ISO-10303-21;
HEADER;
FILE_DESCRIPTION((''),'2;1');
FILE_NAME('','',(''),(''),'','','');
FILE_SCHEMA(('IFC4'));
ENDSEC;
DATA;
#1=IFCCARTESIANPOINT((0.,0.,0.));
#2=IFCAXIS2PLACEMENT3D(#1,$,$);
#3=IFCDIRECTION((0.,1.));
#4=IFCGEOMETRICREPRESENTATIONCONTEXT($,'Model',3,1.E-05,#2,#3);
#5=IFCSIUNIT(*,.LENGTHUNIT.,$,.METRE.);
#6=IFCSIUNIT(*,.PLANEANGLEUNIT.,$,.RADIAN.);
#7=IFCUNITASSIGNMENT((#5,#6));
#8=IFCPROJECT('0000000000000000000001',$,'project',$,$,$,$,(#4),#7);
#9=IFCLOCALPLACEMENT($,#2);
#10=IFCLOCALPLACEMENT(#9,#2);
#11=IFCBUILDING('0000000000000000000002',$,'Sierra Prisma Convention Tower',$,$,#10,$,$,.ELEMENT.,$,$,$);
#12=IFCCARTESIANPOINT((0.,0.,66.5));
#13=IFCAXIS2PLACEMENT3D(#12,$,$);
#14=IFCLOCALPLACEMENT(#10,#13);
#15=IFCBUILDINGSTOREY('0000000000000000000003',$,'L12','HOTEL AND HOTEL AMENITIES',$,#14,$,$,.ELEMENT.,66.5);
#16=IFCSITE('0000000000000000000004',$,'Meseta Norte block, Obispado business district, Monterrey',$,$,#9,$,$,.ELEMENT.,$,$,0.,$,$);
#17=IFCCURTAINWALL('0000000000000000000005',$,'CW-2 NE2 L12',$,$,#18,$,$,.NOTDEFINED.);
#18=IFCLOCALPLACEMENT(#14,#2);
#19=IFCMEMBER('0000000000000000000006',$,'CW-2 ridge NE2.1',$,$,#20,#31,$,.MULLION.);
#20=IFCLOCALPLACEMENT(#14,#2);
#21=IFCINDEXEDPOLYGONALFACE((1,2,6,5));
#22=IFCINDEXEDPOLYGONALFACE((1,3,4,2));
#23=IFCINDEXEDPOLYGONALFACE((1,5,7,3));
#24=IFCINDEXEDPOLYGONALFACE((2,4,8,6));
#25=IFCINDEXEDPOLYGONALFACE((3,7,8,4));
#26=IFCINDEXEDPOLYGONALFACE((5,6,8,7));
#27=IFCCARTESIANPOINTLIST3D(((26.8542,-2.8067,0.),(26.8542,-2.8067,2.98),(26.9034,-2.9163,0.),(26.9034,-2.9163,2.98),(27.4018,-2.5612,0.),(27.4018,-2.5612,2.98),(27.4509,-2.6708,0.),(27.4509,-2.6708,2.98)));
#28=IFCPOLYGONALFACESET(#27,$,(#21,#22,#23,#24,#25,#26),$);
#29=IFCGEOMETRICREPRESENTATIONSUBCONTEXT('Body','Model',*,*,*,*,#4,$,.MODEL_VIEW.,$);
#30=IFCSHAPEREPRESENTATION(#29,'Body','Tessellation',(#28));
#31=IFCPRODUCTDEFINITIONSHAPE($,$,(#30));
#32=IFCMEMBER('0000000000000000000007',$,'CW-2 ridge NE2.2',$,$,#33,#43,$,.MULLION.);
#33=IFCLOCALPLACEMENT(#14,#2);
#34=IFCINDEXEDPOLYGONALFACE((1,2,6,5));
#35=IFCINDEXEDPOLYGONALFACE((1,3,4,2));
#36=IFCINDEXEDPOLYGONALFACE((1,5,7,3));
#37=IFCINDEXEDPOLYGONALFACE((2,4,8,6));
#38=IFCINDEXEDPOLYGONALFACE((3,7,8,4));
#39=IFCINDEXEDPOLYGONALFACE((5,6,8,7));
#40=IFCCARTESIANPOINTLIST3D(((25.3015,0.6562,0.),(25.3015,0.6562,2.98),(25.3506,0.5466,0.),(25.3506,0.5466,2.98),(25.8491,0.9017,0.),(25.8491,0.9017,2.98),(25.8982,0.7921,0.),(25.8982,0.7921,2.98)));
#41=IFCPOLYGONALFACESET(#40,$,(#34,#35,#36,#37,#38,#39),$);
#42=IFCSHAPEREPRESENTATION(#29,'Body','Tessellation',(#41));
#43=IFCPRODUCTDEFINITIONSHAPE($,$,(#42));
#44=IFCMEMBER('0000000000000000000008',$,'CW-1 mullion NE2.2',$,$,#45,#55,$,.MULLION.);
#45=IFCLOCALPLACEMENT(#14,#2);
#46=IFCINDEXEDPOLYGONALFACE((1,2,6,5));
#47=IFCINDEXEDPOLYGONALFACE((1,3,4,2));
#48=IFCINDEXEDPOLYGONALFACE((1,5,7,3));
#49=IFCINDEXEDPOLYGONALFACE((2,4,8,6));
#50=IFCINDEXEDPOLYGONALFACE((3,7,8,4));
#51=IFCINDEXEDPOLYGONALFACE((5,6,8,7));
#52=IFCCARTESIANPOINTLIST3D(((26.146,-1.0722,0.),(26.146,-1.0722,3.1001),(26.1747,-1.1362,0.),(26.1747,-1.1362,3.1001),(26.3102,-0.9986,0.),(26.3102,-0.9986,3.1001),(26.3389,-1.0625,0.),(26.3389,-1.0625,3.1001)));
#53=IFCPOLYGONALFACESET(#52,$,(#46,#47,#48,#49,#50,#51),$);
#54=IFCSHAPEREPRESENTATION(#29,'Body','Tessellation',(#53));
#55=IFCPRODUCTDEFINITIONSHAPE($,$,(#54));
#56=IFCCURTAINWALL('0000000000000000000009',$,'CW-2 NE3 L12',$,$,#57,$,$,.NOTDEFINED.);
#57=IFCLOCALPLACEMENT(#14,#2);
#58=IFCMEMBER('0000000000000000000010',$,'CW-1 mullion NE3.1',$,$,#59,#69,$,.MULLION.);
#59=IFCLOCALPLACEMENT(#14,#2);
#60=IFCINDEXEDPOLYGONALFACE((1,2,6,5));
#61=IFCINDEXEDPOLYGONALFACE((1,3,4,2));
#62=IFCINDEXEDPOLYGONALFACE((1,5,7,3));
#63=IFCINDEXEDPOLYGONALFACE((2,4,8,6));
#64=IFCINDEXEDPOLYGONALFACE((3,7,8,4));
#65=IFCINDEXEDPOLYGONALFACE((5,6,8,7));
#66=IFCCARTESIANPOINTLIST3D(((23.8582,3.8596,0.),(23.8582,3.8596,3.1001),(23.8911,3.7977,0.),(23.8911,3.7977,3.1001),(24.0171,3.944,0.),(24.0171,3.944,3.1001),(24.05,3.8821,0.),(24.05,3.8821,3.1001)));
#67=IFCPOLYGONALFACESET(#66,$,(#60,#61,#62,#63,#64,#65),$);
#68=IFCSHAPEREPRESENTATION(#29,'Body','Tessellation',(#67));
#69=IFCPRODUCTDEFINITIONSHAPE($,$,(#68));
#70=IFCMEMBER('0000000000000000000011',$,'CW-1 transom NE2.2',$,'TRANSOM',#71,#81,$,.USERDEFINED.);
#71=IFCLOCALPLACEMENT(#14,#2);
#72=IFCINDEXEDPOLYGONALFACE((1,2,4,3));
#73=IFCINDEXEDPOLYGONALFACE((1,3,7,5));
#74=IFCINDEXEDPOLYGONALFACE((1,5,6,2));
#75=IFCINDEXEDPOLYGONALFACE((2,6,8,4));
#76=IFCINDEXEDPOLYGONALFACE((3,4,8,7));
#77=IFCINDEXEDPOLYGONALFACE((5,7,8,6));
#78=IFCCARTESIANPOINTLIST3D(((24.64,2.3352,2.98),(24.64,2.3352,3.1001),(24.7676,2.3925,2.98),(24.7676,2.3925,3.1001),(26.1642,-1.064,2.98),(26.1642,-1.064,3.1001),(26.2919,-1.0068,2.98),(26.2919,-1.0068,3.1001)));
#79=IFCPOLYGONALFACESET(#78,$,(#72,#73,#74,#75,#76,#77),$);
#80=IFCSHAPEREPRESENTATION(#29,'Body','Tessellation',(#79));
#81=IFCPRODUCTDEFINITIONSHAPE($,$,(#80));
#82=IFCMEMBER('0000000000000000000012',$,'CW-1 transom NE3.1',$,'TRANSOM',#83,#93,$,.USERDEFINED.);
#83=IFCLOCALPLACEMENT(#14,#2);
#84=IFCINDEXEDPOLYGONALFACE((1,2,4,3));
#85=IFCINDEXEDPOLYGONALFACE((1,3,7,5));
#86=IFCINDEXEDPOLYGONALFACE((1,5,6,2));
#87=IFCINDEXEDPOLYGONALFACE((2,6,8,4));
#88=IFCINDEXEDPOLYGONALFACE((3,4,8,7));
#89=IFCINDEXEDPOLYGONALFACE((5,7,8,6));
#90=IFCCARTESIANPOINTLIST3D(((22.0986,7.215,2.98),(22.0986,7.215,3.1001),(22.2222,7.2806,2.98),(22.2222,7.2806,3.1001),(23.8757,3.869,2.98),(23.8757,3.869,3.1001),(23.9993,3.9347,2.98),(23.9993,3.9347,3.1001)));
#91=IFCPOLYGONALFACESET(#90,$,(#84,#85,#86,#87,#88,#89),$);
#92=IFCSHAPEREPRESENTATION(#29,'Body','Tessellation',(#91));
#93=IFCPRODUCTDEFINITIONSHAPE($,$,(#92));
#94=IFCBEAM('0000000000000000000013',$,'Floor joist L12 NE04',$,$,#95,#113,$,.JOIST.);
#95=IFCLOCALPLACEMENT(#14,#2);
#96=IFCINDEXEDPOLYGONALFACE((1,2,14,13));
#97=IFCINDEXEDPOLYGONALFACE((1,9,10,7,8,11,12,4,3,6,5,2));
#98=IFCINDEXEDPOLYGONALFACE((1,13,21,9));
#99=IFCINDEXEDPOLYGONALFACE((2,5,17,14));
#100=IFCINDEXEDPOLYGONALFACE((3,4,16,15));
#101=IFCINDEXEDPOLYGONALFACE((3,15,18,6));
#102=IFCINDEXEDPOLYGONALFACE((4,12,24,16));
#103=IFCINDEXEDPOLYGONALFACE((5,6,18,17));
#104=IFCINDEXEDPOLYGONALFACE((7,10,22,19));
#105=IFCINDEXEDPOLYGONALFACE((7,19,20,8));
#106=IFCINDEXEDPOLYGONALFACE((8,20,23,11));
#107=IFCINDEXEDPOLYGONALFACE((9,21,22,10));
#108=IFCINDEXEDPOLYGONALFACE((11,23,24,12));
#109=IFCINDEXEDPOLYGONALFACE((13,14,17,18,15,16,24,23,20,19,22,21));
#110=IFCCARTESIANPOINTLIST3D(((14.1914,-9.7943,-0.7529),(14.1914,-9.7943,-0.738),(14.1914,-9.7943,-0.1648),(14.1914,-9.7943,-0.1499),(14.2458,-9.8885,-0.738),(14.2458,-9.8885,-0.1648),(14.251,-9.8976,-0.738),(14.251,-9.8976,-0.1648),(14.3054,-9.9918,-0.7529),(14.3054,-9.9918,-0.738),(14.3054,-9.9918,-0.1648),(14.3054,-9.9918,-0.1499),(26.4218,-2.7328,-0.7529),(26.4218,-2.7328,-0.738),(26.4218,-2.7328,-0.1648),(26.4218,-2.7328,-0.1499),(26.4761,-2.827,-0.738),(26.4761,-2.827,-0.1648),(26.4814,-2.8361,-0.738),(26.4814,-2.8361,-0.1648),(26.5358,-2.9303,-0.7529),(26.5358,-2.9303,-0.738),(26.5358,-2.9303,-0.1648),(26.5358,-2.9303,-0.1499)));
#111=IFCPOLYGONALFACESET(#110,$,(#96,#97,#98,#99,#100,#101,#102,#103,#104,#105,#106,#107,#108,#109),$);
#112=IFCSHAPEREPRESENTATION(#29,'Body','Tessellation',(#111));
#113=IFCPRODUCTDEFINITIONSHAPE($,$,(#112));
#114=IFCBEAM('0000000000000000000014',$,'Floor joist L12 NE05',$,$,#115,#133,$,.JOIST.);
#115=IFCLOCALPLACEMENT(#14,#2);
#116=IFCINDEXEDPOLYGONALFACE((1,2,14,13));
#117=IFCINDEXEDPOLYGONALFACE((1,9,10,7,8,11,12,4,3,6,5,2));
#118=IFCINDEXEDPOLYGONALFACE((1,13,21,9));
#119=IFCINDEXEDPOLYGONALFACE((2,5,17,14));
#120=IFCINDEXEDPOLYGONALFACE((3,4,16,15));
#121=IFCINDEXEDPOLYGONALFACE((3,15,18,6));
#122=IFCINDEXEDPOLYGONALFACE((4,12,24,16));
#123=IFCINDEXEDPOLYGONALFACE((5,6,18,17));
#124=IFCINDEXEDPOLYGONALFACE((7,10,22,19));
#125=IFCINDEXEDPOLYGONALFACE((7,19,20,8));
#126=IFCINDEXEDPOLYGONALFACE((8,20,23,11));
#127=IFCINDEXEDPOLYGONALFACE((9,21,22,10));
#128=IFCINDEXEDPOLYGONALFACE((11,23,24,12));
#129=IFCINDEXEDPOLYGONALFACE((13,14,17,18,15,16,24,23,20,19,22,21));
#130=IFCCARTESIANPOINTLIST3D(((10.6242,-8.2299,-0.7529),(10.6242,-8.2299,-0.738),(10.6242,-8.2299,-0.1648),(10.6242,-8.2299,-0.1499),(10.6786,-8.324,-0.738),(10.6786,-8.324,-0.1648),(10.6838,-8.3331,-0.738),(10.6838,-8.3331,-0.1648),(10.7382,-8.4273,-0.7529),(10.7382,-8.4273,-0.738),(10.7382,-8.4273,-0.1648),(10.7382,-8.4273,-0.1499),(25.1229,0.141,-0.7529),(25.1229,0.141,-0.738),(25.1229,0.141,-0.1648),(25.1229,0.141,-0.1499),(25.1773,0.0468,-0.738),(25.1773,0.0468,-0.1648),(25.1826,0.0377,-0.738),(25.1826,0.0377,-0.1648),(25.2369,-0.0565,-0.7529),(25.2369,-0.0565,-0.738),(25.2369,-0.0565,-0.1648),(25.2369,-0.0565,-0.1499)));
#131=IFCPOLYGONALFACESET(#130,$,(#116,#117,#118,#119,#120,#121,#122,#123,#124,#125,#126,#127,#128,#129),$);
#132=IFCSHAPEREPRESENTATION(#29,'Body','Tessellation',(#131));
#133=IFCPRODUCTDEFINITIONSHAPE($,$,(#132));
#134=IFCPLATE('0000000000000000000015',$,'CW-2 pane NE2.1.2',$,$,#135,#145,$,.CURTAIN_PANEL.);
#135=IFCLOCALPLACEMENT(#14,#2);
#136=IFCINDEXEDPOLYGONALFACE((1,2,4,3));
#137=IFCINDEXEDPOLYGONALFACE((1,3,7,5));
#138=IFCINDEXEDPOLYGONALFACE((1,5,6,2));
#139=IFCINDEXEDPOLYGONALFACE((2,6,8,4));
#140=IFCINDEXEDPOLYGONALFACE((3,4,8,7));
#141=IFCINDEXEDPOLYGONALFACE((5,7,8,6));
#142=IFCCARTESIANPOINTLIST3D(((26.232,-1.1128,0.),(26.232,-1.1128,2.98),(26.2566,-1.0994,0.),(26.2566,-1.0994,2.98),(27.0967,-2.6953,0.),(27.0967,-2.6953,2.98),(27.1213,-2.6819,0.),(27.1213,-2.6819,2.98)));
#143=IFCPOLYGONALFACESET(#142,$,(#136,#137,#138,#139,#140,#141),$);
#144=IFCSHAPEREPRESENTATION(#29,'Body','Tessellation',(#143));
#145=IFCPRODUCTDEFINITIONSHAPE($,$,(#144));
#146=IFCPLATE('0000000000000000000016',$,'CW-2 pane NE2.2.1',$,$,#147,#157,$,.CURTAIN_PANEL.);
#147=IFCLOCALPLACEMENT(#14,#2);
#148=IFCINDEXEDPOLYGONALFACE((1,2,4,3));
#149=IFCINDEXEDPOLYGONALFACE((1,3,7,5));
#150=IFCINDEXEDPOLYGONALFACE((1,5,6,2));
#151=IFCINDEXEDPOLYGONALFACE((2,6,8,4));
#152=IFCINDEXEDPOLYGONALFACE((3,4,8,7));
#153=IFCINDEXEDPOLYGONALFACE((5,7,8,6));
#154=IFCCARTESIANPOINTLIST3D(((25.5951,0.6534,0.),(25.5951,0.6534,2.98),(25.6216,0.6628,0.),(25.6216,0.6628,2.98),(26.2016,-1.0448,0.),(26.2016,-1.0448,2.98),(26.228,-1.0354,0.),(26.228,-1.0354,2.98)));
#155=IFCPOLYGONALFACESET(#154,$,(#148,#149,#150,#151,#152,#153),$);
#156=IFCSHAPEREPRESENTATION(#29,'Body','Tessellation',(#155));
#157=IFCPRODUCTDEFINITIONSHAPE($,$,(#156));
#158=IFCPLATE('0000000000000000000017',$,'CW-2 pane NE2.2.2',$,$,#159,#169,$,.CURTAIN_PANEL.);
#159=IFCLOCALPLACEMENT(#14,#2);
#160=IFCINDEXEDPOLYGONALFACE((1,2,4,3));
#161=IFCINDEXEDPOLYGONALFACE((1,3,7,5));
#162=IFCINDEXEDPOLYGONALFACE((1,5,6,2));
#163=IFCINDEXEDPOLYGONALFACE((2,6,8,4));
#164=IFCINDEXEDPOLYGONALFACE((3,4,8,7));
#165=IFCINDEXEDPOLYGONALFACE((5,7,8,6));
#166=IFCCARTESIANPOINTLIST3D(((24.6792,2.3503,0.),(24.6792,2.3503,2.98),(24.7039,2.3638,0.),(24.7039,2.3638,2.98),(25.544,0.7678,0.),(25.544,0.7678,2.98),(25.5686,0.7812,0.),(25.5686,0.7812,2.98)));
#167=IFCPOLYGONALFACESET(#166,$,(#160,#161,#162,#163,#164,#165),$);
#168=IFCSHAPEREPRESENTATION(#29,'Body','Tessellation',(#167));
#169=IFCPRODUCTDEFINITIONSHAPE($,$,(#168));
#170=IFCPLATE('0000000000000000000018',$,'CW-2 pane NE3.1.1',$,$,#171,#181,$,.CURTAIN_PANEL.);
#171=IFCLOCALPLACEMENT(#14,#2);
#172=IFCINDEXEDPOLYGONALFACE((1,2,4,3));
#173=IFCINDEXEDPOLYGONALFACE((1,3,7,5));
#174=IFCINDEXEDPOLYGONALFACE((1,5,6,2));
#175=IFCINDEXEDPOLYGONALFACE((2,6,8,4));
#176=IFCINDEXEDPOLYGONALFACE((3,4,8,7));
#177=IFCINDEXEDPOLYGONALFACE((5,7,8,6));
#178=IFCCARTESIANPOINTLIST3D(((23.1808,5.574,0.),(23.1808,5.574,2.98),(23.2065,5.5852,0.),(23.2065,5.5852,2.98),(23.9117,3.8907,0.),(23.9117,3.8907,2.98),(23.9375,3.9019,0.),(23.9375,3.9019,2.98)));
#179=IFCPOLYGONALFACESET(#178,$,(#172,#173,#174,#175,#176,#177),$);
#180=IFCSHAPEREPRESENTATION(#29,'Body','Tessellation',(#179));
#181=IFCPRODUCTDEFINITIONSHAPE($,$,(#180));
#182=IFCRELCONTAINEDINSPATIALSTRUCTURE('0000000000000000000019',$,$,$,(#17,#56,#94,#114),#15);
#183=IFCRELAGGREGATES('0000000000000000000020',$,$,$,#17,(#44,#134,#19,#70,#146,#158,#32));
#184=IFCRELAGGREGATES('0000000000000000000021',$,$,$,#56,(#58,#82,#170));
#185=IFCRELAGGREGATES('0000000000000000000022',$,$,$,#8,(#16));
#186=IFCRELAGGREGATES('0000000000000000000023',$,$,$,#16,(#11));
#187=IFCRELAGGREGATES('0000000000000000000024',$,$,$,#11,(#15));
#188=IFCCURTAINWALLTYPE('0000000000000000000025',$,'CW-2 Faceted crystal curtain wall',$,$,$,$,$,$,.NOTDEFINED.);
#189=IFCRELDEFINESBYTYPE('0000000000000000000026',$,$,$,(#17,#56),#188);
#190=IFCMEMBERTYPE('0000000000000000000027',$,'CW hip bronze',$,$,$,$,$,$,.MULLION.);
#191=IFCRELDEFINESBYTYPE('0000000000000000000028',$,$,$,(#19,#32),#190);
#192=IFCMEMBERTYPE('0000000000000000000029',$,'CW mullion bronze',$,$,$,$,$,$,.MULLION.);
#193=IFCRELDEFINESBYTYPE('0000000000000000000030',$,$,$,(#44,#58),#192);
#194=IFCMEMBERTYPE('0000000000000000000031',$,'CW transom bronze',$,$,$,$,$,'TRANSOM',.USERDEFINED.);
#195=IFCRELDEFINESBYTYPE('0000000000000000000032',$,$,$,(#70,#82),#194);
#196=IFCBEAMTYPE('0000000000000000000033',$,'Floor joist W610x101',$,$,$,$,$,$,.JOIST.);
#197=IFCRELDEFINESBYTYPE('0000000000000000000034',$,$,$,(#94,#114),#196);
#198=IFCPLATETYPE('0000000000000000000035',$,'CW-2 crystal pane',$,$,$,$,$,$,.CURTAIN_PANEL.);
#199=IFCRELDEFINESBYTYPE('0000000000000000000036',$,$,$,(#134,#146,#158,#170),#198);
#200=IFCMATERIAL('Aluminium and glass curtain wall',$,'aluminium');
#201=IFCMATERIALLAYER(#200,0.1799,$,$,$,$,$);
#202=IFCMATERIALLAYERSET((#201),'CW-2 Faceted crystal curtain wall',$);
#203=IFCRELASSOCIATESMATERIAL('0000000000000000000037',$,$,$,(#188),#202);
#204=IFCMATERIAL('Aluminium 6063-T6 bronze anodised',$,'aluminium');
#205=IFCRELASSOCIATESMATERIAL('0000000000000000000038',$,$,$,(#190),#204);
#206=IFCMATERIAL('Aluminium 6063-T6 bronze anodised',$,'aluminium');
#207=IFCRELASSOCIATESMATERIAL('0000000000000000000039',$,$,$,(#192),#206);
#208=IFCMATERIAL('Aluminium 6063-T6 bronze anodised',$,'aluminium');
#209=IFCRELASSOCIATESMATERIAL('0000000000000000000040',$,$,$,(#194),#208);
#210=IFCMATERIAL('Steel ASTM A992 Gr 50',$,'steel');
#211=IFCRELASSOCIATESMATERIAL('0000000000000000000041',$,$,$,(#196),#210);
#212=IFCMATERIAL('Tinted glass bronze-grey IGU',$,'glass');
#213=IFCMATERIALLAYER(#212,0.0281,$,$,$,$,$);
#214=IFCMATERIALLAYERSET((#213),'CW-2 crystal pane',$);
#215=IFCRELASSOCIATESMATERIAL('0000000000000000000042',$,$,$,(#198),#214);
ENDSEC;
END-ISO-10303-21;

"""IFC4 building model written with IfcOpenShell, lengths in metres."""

from ifc_helpers import new_model, si_unit, direction, frame, origin, origin_2d, place, context, subcontext, project, spatial, polyline, rectangle, i_section, outline, extrude, material, layer, layer_set, material_profile, profile_set, type_object, element, aggregate, save


model = new_model("IFC4")

# Units and contexts
model_context = context("Model", 3, precision=1e-05, world=origin(), true_north=direction((0.0, 1.0)))
body_context = subcontext(model_context, "Body", "Model", "MODEL_VIEW")
ifc_project = project(units=[si_unit("LENGTHUNIT", "METRE"), si_unit("PLANEANGLEUNIT", "RADIAN")], contexts=[model_context])

# Site, building, storey
site_placement = place(None, origin())
site = spatial("IfcSite", under=ifc_project, at=site_placement, Name="Meseta Norte block, Obispado business district, Monterrey", CompositionType="ELEMENT", RefElevation=0.0)
building_placement = place(site_placement, origin())
building = spatial("IfcBuilding", under=site, at=building_placement, Name="Sierra Prisma Convention Tower", CompositionType="ELEMENT")
storey_placement = place(building_placement, frame((0.0, 0.0, 66.5)))
storey = spatial("IfcBuildingStorey", under=building, at=storey_placement, Name="L12", Description="HOTEL AND HOTEL AMENITIES", CompositionType="ELEMENT", Elevation=66.5)

# Curtain wall, members
ifc_material_1 = material(Name="Aluminium and glass curtain wall", Category="aluminium")
ifc_layer_1 = layer(ifc_material_1, 0.1799)
ifc_layer_set_1 = layer_set([ifc_layer_1], Name="CW-2 Faceted crystal curtain wall")
curtain_wall_type = type_object("IfcCurtainWallType", Name="CW-2 Faceted crystal curtain wall", PredefinedType="NOTDEFINED", material=ifc_layer_set_1)
curtain_wall_1_placement = place(storey_placement, origin())
curtain_wall_1 = element("IfcCurtainWall", 1, at=curtain_wall_1_placement, inside=storey, type_object=curtain_wall_type, Name="CW-2 NE2 L12", PredefinedType="NOTDEFINED")
ifc_material_2 = material(Name="Aluminium 6063-T6 bronze anodised", Category="aluminium")
ifc_material_profile_1 = material_profile(ifc_material_2, rectangle(XDim=0.1201, YDim=0.6001, at=origin_2d()), Name="ALU RIDGE BLADE 120x600")
ifc_profile_set_1 = profile_set([ifc_material_profile_1], Name="Aluminium 6063-T6 bronze anodised")
member_type_1 = type_object("IfcMemberType", Name="CW hip bronze", PredefinedType="MULLION", material=ifc_profile_set_1)
member_1_placement = place(storey_placement, frame((27.1526, -2.7388, 0.0), z_axis=(0.0, 0.0, 1.0), x_axis=(-0.409132, 0.912475, 0.0)))
member_1 = element("IfcMember", 2, at=member_1_placement, type_object=member_type_1, Name="CW-2 ridge NE2.1", PredefinedType="MULLION", context=body_context, shape_type="SweptSolid", body=[
    extrude(rectangle(XDim=0.1201, YDim=0.6001, at=origin_2d()), origin(), (0.0, 0.0, 1.0), 2.98),
])
member_2_placement = place(storey_placement, frame((25.5999, 0.7241, 0.0), z_axis=(0.0, 0.0, 1.0), x_axis=(-0.409132, 0.912475, 0.0)))
member_2 = element("IfcMember", 3, at=member_2_placement, type_object=member_type_1, Name="CW-2 ridge NE2.2", PredefinedType="MULLION", context=body_context, shape_type="SweptSolid", body=[
    extrude(rectangle(XDim=0.1201, YDim=0.6001, at=origin_2d()), origin(), (0.0, 0.0, 1.0), 2.98),
])
ifc_material_3 = material(Name="Aluminium 6063-T6 bronze anodised", Category="aluminium")
ifc_material_profile_2 = material_profile(ifc_material_3, rectangle(XDim=0.1799, YDim=0.0701, at=origin_2d()), Name="ALU MULLION 70x180")
ifc_profile_set_2 = profile_set([ifc_material_profile_2], Name="Aluminium 6063-T6 bronze anodised")
member_type_2 = type_object("IfcMemberType", Name="CW mullion bronze", PredefinedType="MULLION", material=ifc_profile_set_2)
member_3_placement = place(storey_placement, frame((26.2424, -1.0674, 0.0), z_axis=(0.0, 0.0, 1.0), x_axis=(-0.912475, -0.409132, 0.0)))
member_3 = element("IfcMember", 4, at=member_3_placement, type_object=member_type_2, Name="CW-1 mullion NE2.2", PredefinedType="MULLION", context=body_context, shape_type="SweptSolid", body=[
    extrude(rectangle(XDim=0.1799, YDim=0.0701, at=origin_2d()), origin(), (0.0, 0.0, 1.0), 3.1001),
])

# Curtain wall, member
curtain_wall_2_placement = place(storey_placement, origin())
curtain_wall_2 = element("IfcCurtainWall", 5, at=curtain_wall_2_placement, inside=storey, type_object=curtain_wall_type, Name="CW-2 NE3 L12", PredefinedType="NOTDEFINED")
member_4_placement = place(storey_placement, frame((23.9541, 3.8708, 0.0), z_axis=(0.0, 0.0, 1.0), x_axis=(-0.883156, -0.469079, 0.0)))
member_4 = element("IfcMember", 6, at=member_4_placement, type_object=member_type_2, Name="CW-1 mullion NE3.1", PredefinedType="MULLION", context=body_context, shape_type="SweptSolid", body=[
    extrude(rectangle(XDim=0.1799, YDim=0.0701, at=origin_2d()), origin(), (0.0, 0.0, 1.0), 3.1001),
])

# Members
ifc_material_4 = material(Name="Aluminium 6063-T6 bronze anodised", Category="aluminium")
ifc_material_profile_3 = material_profile(ifc_material_4, rectangle(XDim=0.1399, YDim=0.1201, at=origin_2d()), Name="ALU TRANSOM 120x140")
ifc_profile_set_3 = profile_set([ifc_material_profile_3], Name="Aluminium 6063-T6 bronze anodised")
member_type_3 = type_object("IfcMemberType", Name="CW transom bronze", ElementType="TRANSOM", PredefinedType="USERDEFINED", material=ifc_profile_set_3)
member_5_placement = place(storey_placement, frame((26.228, -1.0354, 3.04), z_axis=(-0.409146, 0.912469, 0.0), x_axis=(-0.912469, -0.409146, 0.0)))
member_5 = element("IfcMember", 7, at=member_5_placement, type_object=member_type_3, Name="CW-1 transom NE2.2", ObjectType="TRANSOM", PredefinedType="USERDEFINED", context=body_context, shape_type="SweptSolid", body=[
    extrude(rectangle(XDim=0.1399, YDim=0.1201, at=origin_2d()), origin(), (0.0, 0.0, 1.0), 3.7253),
])
member_6_placement = place(storey_placement, frame((23.9375, 3.9019, 3.04), z_axis=(-0.469066, 0.883163, 0.0), x_axis=(-0.883163, -0.469066, 0.0)))
member_6 = element("IfcMember", 8, at=member_6_placement, type_object=member_type_3, Name="CW-1 transom NE3.1", ObjectType="TRANSOM", PredefinedType="USERDEFINED", context=body_context, shape_type="SweptSolid", body=[
    extrude(rectangle(XDim=0.1399, YDim=0.1201, at=origin_2d()), origin(), (0.0, 0.0, 1.0), 3.7886),
])

# Beams
ifc_material_5 = material(Name="Steel ASTM A992 Gr 50", Category="steel")
ifc_material_profile_4 = material_profile(ifc_material_5, i_section(OverallWidth=0.228, OverallDepth=0.603, WebThickness=0.0105, FlangeThickness=0.0149, at=origin_2d()), Name="W610x101")
ifc_profile_set_4 = profile_set([ifc_material_profile_4], Name="Steel ASTM A992 Gr 50")
beam_type = type_object("IfcBeamType", Name="Floor joist W610x101", PredefinedType="JOIST", material=ifc_profile_set_4)
beam_1_placement = place(storey_placement, frame((26.4788, -2.8315, -0.4514), z_axis=(-0.866017, -0.500014, 0.0), x_axis=(0.500014, -0.866017, 0.0)))
element("IfcBeam", 9, at=beam_1_placement, inside=storey, type_object=beam_type, Name="Floor joist L12 NE04", PredefinedType="JOIST", context=body_context, shape_type="SweptSolid", body=[
    extrude(i_section(OverallWidth=0.228, OverallDepth=0.603, WebThickness=0.0105, FlangeThickness=0.0149, at=origin_2d()), origin(), (0.0, 0.0, 1.0), 14.1226),
])
beam_2_placement = place(storey_placement, frame((25.1799, 0.0422, -0.4514), z_axis=(-0.866026, -0.499999, 0.0), x_axis=(0.499999, -0.866026, 0.0)))
element("IfcBeam", 10, at=beam_2_placement, inside=storey, type_object=beam_type, Name="Floor joist L12 NE05", PredefinedType="JOIST", context=body_context, shape_type="SweptSolid", body=[
    extrude(i_section(OverallWidth=0.228, OverallDepth=0.603, WebThickness=0.0105, FlangeThickness=0.0149, at=origin_2d()), origin(), (0.0, 0.0, 1.0), 16.7417),
])

# Plates
ifc_material_6 = material(Name="Tinted glass bronze-grey IGU", Category="glass")
ifc_layer_2 = layer(ifc_material_6, 0.0281)
ifc_layer_set_2 = layer_set([ifc_layer_2], Name="CW-2 crystal pane")
plate_type = type_object("IfcPlateType", Name="CW-2 crystal pane", PredefinedType="CURTAIN_PANEL", material=ifc_layer_set_2)
plate_1_placement = place(storey_placement, frame((26.2566, -1.0994, 0.0), z_axis=(0.877533, 0.479516, 0.0), x_axis=(0.479516, -0.877533, 0.0)))
plate_1 = element("IfcPlate", 11, at=plate_1_placement, type_object=plate_type, Name="CW-2 pane NE2.1.2", PredefinedType="CURTAIN_PANEL", context=body_context, shape_type="SweptSolid", body=[
    extrude(outline(polyline([(0.0, 0.0), (1.8034, 0.0), (1.8034, -2.98), (0.0, -2.98), (0.0, 0.0)])), origin(), (0.0, 0.0, -1.0), 0.0281),
])
plate_2_placement = place(storey_placement, frame((26.228, -1.0354, 0.0), z_axis=(0.941754, 0.336302, 0.0), x_axis=(-0.336302, 0.941754, 0.0)))
plate_2 = element("IfcPlate", 12, at=plate_2_placement, type_object=plate_type, Name="CW-2 pane NE2.2.1", PredefinedType="CURTAIN_PANEL", context=body_context, shape_type="SweptSolid", body=[
    extrude(outline(polyline([(0.0, 0.0), (1.8033, 0.0), (1.8033, 2.98), (0.0, 2.98), (0.0, 0.0)])), origin(), (0.0, 0.0, -1.0), 0.0281),
])
plate_3_placement = place(storey_placement, frame((24.7039, 2.3638, 0.0), z_axis=(0.877533, 0.479516, 0.0), x_axis=(0.479516, -0.877533, 0.0)))
plate_3 = element("IfcPlate", 13, at=plate_3_placement, type_object=plate_type, Name="CW-2 pane NE2.2.2", PredefinedType="CURTAIN_PANEL", context=body_context, shape_type="SweptSolid", body=[
    extrude(outline(polyline([(0.0, 0.0), (1.8034, 0.0), (1.8034, -2.98), (0.0, -2.98), (0.0, 0.0)])), origin(), (0.0, 0.0, -1.0), 0.0281),
])
aggregate(curtain_wall_1, [member_3, plate_1, member_1, member_5, plate_2, plate_3, member_2])
plate_4_placement = place(storey_placement, frame((23.9375, 3.9019, 0.0), z_axis=(0.917256, 0.398298, 0.0), x_axis=(-0.398298, 0.917256, 0.0)))
plate_4 = element("IfcPlate", 14, at=plate_4_placement, type_object=plate_type, Name="CW-2 pane NE3.1.1", PredefinedType="CURTAIN_PANEL", context=body_context, shape_type="SweptSolid", body=[
    extrude(outline(polyline([(0.0, 0.0), (1.8352, 0.0), (1.8352, 2.98), (0.0, 2.98), (0.0, 0.0)])), origin(), (0.0, 0.0, -1.0), 0.0281),
])
aggregate(curtain_wall_2, [member_4, member_6, plate_4])

save(model, "model.ifc")
